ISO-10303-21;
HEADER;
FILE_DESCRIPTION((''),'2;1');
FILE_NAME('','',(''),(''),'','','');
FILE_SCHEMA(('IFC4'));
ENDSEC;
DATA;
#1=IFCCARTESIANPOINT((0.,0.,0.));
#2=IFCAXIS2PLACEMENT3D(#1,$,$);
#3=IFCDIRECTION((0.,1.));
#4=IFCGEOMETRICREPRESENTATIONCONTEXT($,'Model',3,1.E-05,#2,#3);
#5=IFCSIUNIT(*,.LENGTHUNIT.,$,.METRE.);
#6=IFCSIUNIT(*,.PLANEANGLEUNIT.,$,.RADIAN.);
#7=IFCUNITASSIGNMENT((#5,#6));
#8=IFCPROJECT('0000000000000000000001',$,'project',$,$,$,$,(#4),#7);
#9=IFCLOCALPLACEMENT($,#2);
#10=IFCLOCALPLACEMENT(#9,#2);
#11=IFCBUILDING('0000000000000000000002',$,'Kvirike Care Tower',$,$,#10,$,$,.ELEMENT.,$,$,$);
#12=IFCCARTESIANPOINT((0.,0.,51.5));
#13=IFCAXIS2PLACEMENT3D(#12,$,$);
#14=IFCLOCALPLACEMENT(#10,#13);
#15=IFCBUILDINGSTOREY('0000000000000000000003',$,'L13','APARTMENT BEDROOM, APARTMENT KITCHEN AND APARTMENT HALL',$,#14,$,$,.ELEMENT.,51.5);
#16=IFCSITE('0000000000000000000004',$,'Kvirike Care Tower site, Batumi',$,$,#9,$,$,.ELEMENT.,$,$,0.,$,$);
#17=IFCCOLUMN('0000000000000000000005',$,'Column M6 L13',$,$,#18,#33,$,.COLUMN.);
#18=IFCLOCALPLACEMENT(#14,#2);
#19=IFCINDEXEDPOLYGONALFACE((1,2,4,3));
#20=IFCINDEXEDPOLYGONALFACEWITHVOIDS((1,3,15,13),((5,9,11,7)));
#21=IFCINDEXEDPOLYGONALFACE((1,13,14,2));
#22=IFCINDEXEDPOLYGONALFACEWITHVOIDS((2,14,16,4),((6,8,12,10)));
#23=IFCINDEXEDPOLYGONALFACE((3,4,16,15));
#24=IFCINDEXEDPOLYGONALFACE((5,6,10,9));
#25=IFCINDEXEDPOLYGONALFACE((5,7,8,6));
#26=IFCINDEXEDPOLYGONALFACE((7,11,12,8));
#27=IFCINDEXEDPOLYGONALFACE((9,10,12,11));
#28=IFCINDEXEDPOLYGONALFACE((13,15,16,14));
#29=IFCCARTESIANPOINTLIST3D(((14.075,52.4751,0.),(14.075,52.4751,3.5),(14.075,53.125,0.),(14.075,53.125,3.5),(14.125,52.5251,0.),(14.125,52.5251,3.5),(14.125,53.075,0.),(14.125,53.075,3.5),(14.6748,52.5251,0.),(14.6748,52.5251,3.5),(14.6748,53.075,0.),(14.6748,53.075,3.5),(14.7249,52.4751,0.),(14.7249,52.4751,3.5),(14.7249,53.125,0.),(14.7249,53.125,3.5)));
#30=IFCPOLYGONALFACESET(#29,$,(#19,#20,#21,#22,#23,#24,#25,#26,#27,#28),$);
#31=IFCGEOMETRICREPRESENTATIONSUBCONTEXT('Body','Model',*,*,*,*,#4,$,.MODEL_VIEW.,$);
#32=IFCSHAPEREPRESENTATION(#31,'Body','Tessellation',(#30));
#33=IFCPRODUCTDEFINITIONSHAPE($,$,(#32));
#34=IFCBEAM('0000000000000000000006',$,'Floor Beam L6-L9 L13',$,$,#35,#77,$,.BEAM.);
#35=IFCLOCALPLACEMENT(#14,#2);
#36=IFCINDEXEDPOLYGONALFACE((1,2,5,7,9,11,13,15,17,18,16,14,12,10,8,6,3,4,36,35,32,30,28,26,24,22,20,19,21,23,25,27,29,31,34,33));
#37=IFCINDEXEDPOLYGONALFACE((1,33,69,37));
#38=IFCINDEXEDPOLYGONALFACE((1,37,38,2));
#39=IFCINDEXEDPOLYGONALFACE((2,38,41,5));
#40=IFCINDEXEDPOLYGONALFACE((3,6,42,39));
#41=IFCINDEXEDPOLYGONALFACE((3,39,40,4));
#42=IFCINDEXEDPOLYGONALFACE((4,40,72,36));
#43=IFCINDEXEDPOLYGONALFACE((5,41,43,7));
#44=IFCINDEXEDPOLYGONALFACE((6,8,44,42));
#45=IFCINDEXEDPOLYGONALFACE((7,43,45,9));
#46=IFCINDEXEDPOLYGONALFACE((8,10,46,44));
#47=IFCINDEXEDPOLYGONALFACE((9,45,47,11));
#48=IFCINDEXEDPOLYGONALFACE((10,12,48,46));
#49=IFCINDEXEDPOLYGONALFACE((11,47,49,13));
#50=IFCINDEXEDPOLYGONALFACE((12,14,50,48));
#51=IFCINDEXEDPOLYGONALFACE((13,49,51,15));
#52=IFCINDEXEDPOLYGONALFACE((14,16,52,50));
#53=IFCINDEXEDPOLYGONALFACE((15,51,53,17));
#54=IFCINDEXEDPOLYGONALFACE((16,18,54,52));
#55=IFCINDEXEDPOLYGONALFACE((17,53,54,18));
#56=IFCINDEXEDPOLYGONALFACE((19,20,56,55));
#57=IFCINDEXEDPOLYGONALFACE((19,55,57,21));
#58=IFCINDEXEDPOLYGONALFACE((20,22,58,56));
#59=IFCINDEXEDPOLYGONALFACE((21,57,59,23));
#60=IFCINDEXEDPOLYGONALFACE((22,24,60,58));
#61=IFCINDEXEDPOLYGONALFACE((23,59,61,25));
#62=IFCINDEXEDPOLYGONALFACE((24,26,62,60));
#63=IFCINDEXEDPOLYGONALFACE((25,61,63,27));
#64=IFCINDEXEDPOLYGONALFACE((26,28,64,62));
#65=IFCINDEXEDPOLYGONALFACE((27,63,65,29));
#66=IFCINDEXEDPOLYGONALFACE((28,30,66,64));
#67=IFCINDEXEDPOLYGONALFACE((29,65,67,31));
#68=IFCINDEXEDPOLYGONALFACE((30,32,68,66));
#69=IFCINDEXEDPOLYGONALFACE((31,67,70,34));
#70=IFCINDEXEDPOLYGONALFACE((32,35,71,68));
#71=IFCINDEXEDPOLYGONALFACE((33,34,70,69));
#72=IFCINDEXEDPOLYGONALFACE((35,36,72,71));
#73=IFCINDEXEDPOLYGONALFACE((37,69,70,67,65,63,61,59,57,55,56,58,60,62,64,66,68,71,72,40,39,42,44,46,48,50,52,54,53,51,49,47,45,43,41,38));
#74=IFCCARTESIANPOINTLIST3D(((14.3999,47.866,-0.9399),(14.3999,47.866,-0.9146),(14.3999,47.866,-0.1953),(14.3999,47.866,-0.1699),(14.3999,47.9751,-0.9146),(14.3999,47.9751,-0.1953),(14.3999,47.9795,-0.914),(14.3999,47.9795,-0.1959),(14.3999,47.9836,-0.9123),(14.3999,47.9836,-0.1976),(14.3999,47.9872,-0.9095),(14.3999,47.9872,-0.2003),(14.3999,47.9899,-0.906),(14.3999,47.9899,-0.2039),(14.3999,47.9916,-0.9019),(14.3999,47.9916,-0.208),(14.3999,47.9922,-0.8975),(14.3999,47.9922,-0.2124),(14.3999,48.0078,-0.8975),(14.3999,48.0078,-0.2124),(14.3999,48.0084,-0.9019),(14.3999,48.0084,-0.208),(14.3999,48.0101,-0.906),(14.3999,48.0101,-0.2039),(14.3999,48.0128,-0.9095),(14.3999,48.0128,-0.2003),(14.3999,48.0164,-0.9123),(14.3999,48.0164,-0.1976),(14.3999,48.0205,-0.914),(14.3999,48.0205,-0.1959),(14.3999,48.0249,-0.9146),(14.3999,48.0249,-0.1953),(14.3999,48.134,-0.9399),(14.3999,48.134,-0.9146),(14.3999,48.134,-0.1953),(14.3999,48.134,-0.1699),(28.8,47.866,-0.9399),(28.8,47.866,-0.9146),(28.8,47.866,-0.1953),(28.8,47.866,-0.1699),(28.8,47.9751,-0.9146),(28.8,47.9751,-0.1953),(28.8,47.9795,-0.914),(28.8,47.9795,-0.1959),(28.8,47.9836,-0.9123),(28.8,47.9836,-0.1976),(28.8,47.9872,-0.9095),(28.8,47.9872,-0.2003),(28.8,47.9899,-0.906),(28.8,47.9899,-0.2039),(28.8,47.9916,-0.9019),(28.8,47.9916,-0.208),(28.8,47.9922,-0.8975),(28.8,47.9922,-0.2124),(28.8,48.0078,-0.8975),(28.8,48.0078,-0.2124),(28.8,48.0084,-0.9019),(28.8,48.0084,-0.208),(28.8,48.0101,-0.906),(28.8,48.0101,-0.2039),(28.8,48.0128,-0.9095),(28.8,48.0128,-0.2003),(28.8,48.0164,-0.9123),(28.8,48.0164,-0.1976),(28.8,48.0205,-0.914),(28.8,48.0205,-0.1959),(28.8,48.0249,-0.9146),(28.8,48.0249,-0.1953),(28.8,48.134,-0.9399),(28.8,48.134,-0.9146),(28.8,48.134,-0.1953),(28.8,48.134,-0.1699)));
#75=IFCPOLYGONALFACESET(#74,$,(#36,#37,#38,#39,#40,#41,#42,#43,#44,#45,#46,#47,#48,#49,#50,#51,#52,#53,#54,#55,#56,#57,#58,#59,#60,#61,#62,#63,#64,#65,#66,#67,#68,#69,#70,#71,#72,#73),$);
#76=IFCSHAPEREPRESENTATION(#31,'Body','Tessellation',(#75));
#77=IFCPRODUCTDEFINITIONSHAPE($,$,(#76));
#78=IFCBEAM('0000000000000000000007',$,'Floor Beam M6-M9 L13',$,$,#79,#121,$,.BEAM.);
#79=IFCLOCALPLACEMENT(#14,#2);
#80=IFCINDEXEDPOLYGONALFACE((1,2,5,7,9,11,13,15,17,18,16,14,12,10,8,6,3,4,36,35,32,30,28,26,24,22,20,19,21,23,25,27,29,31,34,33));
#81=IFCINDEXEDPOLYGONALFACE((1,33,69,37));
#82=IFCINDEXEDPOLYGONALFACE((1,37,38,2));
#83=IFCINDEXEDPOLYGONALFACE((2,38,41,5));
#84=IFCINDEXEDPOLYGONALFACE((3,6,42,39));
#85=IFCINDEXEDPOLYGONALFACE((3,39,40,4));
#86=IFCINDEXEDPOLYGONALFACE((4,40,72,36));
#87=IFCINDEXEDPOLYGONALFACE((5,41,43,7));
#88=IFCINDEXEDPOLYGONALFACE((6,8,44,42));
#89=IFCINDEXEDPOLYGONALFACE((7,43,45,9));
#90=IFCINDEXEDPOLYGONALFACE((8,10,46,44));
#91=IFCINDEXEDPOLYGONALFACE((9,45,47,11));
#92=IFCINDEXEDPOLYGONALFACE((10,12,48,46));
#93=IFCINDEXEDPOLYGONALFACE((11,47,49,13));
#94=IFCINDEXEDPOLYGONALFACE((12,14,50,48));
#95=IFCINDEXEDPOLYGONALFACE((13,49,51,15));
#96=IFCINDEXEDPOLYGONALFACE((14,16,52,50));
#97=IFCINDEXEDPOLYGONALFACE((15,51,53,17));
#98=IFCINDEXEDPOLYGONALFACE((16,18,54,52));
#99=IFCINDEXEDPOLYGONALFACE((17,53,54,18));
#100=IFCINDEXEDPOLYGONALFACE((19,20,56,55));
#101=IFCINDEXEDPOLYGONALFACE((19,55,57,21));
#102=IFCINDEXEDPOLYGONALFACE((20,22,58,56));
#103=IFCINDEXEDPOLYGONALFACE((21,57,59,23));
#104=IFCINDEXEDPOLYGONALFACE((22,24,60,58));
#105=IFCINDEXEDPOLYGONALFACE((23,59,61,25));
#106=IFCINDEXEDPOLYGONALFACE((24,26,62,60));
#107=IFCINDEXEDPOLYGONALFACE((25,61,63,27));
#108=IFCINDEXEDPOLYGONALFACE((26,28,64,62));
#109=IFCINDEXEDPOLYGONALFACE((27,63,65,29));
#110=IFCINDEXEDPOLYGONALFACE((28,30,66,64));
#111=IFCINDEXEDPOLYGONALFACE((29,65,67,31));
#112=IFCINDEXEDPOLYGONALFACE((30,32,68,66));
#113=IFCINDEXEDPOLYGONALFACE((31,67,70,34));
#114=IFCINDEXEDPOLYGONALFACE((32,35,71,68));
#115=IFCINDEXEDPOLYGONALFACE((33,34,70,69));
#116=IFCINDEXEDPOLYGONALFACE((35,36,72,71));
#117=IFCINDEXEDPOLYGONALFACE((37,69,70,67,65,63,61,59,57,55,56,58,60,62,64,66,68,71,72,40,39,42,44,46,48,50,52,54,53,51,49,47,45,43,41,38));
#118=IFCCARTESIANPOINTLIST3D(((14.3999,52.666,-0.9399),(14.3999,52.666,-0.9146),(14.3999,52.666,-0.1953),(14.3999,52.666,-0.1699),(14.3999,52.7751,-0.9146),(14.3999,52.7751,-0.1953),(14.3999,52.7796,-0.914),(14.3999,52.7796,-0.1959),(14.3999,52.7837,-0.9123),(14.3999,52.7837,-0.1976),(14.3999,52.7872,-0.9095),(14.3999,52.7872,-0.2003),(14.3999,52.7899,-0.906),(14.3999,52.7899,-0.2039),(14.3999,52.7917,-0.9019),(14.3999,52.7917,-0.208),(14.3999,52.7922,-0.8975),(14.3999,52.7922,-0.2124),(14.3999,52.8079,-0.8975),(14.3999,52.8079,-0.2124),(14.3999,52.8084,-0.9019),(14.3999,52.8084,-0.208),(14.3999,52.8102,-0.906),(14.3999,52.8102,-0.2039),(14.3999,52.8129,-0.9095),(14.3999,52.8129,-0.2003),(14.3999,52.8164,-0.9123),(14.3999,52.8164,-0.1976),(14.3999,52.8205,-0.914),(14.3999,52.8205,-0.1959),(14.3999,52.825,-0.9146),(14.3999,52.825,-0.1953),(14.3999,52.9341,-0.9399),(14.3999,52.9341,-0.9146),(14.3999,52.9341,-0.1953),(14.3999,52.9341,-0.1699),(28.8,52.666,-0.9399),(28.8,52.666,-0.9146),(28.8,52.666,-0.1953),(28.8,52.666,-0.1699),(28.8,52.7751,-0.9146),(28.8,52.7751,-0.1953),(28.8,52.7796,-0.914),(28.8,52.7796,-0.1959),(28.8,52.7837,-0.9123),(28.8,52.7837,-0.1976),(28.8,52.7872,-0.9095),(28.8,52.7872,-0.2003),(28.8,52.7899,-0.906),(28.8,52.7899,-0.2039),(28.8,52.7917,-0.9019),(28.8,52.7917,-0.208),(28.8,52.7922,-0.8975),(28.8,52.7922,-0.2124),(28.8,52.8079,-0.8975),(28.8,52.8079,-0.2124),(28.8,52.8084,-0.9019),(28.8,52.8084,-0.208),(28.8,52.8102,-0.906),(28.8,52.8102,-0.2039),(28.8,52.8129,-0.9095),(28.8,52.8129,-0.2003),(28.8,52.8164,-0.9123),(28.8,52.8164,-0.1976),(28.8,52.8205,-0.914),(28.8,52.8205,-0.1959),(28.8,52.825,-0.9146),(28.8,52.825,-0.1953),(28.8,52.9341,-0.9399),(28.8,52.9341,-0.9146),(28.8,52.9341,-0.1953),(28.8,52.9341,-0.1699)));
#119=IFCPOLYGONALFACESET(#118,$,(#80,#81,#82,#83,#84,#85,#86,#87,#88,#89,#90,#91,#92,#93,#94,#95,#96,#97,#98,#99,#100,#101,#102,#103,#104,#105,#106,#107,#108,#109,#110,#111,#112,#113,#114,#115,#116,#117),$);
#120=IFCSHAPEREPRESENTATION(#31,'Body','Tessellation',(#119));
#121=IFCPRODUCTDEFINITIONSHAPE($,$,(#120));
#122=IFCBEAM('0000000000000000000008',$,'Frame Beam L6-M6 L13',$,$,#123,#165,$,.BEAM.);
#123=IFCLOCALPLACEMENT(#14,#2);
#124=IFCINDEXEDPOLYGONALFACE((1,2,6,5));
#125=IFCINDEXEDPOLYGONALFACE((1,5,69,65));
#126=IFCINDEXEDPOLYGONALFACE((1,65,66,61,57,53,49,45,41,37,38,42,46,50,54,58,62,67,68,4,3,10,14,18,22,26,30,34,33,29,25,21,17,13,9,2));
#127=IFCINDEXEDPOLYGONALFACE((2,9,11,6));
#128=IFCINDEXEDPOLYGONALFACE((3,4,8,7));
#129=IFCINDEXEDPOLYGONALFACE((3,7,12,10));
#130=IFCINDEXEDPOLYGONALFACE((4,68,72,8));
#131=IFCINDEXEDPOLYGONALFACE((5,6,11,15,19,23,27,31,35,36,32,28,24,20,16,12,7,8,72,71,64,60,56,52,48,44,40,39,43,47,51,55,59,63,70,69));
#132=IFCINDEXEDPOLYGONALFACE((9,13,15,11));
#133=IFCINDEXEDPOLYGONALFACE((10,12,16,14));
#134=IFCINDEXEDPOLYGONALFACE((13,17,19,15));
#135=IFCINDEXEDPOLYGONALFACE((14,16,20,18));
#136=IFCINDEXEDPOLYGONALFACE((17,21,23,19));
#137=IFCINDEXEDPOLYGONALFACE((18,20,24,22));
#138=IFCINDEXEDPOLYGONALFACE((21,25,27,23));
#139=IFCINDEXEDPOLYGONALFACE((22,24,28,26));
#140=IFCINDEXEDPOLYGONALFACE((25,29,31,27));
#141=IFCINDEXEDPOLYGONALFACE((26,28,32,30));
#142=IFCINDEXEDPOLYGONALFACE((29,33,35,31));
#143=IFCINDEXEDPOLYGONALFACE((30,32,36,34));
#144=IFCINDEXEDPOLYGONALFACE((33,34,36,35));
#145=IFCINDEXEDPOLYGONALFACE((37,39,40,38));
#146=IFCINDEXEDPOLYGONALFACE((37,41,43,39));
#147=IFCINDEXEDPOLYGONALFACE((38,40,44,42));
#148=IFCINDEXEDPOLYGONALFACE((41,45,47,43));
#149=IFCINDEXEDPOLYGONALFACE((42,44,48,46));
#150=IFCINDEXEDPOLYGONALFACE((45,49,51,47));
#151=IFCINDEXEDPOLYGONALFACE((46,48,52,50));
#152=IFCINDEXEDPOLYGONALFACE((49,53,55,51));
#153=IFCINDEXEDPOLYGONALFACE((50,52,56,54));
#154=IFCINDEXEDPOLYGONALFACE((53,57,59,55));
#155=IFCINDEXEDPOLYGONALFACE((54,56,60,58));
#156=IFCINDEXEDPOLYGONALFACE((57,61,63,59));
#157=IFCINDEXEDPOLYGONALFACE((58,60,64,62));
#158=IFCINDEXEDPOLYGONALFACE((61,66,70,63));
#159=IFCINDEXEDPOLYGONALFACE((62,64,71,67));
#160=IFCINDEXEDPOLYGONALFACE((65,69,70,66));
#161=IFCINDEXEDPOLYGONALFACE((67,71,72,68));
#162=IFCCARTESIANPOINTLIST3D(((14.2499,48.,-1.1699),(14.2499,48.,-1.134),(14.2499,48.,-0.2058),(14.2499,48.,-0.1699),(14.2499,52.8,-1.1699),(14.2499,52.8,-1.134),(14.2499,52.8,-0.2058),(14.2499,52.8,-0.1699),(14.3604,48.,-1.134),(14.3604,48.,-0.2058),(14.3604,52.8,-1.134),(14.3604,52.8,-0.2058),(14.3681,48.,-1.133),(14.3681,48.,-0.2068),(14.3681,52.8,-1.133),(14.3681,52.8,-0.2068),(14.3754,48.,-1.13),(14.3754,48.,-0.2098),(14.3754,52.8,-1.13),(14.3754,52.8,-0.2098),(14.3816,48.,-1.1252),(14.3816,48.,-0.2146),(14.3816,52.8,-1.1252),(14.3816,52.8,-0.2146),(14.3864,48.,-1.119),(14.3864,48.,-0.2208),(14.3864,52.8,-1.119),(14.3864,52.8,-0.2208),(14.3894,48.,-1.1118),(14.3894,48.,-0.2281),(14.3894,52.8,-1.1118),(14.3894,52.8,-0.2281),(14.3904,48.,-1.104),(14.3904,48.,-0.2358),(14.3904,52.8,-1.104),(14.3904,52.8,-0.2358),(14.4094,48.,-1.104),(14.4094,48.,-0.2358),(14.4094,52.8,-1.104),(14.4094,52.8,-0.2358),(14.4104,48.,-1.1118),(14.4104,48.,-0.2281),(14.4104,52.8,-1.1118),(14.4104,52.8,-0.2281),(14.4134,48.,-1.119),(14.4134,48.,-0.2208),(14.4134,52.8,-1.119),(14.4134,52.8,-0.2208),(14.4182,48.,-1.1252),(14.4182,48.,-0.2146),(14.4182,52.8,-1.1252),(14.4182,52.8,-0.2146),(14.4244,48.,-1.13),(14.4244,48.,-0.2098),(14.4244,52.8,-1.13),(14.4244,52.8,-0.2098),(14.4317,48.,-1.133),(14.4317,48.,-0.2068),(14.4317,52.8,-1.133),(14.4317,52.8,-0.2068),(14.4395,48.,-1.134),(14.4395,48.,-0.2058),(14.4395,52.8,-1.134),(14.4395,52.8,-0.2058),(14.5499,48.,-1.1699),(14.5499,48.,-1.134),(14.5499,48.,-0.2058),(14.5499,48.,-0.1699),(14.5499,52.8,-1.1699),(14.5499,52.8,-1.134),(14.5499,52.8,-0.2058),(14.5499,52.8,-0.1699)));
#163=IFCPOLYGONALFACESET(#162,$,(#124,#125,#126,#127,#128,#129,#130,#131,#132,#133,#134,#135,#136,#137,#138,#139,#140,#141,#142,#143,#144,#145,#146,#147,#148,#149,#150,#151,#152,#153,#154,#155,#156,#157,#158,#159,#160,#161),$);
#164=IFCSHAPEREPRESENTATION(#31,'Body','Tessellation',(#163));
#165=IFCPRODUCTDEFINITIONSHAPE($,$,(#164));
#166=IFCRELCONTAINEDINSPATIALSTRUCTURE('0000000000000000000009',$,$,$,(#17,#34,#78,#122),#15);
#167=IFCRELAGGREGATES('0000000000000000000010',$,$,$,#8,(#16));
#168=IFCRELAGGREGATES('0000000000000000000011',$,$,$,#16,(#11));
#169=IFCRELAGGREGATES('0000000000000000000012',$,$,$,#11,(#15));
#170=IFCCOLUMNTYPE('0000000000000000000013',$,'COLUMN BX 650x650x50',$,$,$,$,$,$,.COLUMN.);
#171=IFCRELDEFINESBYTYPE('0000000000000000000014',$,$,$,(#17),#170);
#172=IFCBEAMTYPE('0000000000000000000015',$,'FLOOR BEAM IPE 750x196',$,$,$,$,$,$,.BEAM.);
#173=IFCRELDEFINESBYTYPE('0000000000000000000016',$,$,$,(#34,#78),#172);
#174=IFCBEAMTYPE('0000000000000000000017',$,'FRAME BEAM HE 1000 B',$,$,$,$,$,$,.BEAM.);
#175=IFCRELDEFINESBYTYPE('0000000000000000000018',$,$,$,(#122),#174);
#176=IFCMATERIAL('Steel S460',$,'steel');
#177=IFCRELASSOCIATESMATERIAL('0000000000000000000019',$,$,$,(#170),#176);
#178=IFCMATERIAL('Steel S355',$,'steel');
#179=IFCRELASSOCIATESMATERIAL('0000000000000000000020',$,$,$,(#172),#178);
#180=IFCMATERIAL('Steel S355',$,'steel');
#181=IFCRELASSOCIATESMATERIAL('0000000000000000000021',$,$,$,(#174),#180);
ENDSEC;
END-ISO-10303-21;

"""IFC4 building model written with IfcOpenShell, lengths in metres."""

from ifc_helpers import new_model, si_unit, direction, frame, origin, origin_2d, place, context, subcontext, project, spatial, hollow_rectangle, i_section, extrude, material, material_profile, profile_set, type_object, element, save


model = new_model("IFC4")

# Units and contexts
model_context = context("Model", 3, precision=1e-05, world=origin(), true_north=direction((0.0, 1.0)))
body_context = subcontext(model_context, "Body", "Model", "MODEL_VIEW")
ifc_project = project(units=[si_unit("LENGTHUNIT", "METRE"), si_unit("PLANEANGLEUNIT", "RADIAN")], contexts=[model_context])

# Site, building, storey
site_placement = place(None, origin())
site = spatial("IfcSite", under=ifc_project, at=site_placement, Name="Kvirike Care Tower site, Batumi", CompositionType="ELEMENT", RefElevation=0.0)
building_placement = place(site_placement, origin())
building = spatial("IfcBuilding", under=site, at=building_placement, Name="Kvirike Care Tower", CompositionType="ELEMENT")
storey_placement = place(building_placement, frame((0.0, 0.0, 51.5)))
storey = spatial("IfcBuildingStorey", under=building, at=storey_placement, Name="L13", Description="APARTMENT BEDROOM, APARTMENT KITCHEN AND APARTMENT HALL", CompositionType="ELEMENT", Elevation=51.5)

# Column
ifc_material_1 = material(Name="Steel S460", Category="steel")
ifc_material_profile_1 = material_profile(ifc_material_1, hollow_rectangle(XDim=0.6499, YDim=0.6499, WallThickness=0.05, at=origin_2d()), Name="BX 650x650x50")
ifc_profile_set_1 = profile_set([ifc_material_profile_1], Name="Steel S460")
column_type = type_object("IfcColumnType", Name="COLUMN BX 650x650x50", PredefinedType="COLUMN", material=ifc_profile_set_1)
column_placement = place(storey_placement, frame((14.3999, 52.8, 0.0), z_axis=(0.0, 0.0, 1.0), x_axis=(1.0, 0.0, 0.0)))
element("IfcColumn", 1, at=column_placement, inside=storey, type_object=column_type, Name="Column M6 L13", PredefinedType="COLUMN", context=body_context, shape_type="SweptSolid", body=[
    extrude(hollow_rectangle(XDim=0.6499, YDim=0.6499, WallThickness=0.05, at=origin_2d()), origin(), (0.0, 0.0, 1.0), 3.5),
])

# Beams
ifc_material_2 = material(Name="Steel S355", Category="steel")
ifc_material_profile_2 = material_profile(ifc_material_2, i_section(OverallWidth=0.2681, OverallDepth=0.77, WebThickness=0.0156, FlangeThickness=0.0254, FilletRadius=0.0171, at=origin_2d()), Name="IPE 750x196")
ifc_profile_set_2 = profile_set([ifc_material_profile_2], Name="Steel S355")
beam_type_1 = type_object("IfcBeamType", Name="FLOOR BEAM IPE 750x196", PredefinedType="BEAM", material=ifc_profile_set_2)
for number, where, z_axis, x_axis, name in (
    (2, (14.3999, 48.0, -0.5549), (1.0, 0.0, 0.0), (0.0, 1.0, 0.0), "Floor Beam L6-L9 L13"),
    (3, (14.3999, 52.8, -0.5549), (1.0, 0.0, 0.0), (0.0, 1.0, 0.0), "Floor Beam M6-M9 L13"),
):
    element("IfcBeam", number, at=place(storey_placement, frame(where, z_axis=z_axis, x_axis=x_axis)), inside=storey, type_object=beam_type_1, Name=name, PredefinedType="BEAM", context=body_context, shape_type="SweptSolid", body=[
        extrude(i_section(OverallWidth=0.2681, OverallDepth=0.77, WebThickness=0.0156, FlangeThickness=0.0254, FilletRadius=0.0171, at=origin_2d()), origin(), (0.0, 0.0, 1.0), 14.4001),
    ])
ifc_material_3 = material(Name="Steel S355", Category="steel")
ifc_material_profile_3 = material_profile(ifc_material_3, i_section(OverallWidth=0.3, OverallDepth=1.0, WebThickness=0.019, FlangeThickness=0.0359, FilletRadius=0.03, at=origin_2d()), Name="HE 1000 B")
ifc_profile_set_3 = profile_set([ifc_material_profile_3], Name="Steel S355")
beam_type_2 = type_object("IfcBeamType", Name="FRAME BEAM HE 1000 B", PredefinedType="BEAM", material=ifc_profile_set_3)
for number, where, z_axis, x_axis, name in (
    (4, (14.3999, 48.0, -0.6699), (0.0, 1.0, 0.0), (-1.0, 0.0, 0.0), "Frame Beam L6-M6 L13"),
):
    element("IfcBeam", number, at=place(storey_placement, frame(where, z_axis=z_axis, x_axis=x_axis)), inside=storey, type_object=beam_type_2, Name=name, PredefinedType="BEAM", context=body_context, shape_type="SweptSolid", body=[
        extrude(i_section(OverallWidth=0.3, OverallDepth=1.0, WebThickness=0.019, FlangeThickness=0.0359, FilletRadius=0.03, at=origin_2d()), origin(), (0.0, 0.0, 1.0), 4.8),
    ])

save(model, "model.ifc")
